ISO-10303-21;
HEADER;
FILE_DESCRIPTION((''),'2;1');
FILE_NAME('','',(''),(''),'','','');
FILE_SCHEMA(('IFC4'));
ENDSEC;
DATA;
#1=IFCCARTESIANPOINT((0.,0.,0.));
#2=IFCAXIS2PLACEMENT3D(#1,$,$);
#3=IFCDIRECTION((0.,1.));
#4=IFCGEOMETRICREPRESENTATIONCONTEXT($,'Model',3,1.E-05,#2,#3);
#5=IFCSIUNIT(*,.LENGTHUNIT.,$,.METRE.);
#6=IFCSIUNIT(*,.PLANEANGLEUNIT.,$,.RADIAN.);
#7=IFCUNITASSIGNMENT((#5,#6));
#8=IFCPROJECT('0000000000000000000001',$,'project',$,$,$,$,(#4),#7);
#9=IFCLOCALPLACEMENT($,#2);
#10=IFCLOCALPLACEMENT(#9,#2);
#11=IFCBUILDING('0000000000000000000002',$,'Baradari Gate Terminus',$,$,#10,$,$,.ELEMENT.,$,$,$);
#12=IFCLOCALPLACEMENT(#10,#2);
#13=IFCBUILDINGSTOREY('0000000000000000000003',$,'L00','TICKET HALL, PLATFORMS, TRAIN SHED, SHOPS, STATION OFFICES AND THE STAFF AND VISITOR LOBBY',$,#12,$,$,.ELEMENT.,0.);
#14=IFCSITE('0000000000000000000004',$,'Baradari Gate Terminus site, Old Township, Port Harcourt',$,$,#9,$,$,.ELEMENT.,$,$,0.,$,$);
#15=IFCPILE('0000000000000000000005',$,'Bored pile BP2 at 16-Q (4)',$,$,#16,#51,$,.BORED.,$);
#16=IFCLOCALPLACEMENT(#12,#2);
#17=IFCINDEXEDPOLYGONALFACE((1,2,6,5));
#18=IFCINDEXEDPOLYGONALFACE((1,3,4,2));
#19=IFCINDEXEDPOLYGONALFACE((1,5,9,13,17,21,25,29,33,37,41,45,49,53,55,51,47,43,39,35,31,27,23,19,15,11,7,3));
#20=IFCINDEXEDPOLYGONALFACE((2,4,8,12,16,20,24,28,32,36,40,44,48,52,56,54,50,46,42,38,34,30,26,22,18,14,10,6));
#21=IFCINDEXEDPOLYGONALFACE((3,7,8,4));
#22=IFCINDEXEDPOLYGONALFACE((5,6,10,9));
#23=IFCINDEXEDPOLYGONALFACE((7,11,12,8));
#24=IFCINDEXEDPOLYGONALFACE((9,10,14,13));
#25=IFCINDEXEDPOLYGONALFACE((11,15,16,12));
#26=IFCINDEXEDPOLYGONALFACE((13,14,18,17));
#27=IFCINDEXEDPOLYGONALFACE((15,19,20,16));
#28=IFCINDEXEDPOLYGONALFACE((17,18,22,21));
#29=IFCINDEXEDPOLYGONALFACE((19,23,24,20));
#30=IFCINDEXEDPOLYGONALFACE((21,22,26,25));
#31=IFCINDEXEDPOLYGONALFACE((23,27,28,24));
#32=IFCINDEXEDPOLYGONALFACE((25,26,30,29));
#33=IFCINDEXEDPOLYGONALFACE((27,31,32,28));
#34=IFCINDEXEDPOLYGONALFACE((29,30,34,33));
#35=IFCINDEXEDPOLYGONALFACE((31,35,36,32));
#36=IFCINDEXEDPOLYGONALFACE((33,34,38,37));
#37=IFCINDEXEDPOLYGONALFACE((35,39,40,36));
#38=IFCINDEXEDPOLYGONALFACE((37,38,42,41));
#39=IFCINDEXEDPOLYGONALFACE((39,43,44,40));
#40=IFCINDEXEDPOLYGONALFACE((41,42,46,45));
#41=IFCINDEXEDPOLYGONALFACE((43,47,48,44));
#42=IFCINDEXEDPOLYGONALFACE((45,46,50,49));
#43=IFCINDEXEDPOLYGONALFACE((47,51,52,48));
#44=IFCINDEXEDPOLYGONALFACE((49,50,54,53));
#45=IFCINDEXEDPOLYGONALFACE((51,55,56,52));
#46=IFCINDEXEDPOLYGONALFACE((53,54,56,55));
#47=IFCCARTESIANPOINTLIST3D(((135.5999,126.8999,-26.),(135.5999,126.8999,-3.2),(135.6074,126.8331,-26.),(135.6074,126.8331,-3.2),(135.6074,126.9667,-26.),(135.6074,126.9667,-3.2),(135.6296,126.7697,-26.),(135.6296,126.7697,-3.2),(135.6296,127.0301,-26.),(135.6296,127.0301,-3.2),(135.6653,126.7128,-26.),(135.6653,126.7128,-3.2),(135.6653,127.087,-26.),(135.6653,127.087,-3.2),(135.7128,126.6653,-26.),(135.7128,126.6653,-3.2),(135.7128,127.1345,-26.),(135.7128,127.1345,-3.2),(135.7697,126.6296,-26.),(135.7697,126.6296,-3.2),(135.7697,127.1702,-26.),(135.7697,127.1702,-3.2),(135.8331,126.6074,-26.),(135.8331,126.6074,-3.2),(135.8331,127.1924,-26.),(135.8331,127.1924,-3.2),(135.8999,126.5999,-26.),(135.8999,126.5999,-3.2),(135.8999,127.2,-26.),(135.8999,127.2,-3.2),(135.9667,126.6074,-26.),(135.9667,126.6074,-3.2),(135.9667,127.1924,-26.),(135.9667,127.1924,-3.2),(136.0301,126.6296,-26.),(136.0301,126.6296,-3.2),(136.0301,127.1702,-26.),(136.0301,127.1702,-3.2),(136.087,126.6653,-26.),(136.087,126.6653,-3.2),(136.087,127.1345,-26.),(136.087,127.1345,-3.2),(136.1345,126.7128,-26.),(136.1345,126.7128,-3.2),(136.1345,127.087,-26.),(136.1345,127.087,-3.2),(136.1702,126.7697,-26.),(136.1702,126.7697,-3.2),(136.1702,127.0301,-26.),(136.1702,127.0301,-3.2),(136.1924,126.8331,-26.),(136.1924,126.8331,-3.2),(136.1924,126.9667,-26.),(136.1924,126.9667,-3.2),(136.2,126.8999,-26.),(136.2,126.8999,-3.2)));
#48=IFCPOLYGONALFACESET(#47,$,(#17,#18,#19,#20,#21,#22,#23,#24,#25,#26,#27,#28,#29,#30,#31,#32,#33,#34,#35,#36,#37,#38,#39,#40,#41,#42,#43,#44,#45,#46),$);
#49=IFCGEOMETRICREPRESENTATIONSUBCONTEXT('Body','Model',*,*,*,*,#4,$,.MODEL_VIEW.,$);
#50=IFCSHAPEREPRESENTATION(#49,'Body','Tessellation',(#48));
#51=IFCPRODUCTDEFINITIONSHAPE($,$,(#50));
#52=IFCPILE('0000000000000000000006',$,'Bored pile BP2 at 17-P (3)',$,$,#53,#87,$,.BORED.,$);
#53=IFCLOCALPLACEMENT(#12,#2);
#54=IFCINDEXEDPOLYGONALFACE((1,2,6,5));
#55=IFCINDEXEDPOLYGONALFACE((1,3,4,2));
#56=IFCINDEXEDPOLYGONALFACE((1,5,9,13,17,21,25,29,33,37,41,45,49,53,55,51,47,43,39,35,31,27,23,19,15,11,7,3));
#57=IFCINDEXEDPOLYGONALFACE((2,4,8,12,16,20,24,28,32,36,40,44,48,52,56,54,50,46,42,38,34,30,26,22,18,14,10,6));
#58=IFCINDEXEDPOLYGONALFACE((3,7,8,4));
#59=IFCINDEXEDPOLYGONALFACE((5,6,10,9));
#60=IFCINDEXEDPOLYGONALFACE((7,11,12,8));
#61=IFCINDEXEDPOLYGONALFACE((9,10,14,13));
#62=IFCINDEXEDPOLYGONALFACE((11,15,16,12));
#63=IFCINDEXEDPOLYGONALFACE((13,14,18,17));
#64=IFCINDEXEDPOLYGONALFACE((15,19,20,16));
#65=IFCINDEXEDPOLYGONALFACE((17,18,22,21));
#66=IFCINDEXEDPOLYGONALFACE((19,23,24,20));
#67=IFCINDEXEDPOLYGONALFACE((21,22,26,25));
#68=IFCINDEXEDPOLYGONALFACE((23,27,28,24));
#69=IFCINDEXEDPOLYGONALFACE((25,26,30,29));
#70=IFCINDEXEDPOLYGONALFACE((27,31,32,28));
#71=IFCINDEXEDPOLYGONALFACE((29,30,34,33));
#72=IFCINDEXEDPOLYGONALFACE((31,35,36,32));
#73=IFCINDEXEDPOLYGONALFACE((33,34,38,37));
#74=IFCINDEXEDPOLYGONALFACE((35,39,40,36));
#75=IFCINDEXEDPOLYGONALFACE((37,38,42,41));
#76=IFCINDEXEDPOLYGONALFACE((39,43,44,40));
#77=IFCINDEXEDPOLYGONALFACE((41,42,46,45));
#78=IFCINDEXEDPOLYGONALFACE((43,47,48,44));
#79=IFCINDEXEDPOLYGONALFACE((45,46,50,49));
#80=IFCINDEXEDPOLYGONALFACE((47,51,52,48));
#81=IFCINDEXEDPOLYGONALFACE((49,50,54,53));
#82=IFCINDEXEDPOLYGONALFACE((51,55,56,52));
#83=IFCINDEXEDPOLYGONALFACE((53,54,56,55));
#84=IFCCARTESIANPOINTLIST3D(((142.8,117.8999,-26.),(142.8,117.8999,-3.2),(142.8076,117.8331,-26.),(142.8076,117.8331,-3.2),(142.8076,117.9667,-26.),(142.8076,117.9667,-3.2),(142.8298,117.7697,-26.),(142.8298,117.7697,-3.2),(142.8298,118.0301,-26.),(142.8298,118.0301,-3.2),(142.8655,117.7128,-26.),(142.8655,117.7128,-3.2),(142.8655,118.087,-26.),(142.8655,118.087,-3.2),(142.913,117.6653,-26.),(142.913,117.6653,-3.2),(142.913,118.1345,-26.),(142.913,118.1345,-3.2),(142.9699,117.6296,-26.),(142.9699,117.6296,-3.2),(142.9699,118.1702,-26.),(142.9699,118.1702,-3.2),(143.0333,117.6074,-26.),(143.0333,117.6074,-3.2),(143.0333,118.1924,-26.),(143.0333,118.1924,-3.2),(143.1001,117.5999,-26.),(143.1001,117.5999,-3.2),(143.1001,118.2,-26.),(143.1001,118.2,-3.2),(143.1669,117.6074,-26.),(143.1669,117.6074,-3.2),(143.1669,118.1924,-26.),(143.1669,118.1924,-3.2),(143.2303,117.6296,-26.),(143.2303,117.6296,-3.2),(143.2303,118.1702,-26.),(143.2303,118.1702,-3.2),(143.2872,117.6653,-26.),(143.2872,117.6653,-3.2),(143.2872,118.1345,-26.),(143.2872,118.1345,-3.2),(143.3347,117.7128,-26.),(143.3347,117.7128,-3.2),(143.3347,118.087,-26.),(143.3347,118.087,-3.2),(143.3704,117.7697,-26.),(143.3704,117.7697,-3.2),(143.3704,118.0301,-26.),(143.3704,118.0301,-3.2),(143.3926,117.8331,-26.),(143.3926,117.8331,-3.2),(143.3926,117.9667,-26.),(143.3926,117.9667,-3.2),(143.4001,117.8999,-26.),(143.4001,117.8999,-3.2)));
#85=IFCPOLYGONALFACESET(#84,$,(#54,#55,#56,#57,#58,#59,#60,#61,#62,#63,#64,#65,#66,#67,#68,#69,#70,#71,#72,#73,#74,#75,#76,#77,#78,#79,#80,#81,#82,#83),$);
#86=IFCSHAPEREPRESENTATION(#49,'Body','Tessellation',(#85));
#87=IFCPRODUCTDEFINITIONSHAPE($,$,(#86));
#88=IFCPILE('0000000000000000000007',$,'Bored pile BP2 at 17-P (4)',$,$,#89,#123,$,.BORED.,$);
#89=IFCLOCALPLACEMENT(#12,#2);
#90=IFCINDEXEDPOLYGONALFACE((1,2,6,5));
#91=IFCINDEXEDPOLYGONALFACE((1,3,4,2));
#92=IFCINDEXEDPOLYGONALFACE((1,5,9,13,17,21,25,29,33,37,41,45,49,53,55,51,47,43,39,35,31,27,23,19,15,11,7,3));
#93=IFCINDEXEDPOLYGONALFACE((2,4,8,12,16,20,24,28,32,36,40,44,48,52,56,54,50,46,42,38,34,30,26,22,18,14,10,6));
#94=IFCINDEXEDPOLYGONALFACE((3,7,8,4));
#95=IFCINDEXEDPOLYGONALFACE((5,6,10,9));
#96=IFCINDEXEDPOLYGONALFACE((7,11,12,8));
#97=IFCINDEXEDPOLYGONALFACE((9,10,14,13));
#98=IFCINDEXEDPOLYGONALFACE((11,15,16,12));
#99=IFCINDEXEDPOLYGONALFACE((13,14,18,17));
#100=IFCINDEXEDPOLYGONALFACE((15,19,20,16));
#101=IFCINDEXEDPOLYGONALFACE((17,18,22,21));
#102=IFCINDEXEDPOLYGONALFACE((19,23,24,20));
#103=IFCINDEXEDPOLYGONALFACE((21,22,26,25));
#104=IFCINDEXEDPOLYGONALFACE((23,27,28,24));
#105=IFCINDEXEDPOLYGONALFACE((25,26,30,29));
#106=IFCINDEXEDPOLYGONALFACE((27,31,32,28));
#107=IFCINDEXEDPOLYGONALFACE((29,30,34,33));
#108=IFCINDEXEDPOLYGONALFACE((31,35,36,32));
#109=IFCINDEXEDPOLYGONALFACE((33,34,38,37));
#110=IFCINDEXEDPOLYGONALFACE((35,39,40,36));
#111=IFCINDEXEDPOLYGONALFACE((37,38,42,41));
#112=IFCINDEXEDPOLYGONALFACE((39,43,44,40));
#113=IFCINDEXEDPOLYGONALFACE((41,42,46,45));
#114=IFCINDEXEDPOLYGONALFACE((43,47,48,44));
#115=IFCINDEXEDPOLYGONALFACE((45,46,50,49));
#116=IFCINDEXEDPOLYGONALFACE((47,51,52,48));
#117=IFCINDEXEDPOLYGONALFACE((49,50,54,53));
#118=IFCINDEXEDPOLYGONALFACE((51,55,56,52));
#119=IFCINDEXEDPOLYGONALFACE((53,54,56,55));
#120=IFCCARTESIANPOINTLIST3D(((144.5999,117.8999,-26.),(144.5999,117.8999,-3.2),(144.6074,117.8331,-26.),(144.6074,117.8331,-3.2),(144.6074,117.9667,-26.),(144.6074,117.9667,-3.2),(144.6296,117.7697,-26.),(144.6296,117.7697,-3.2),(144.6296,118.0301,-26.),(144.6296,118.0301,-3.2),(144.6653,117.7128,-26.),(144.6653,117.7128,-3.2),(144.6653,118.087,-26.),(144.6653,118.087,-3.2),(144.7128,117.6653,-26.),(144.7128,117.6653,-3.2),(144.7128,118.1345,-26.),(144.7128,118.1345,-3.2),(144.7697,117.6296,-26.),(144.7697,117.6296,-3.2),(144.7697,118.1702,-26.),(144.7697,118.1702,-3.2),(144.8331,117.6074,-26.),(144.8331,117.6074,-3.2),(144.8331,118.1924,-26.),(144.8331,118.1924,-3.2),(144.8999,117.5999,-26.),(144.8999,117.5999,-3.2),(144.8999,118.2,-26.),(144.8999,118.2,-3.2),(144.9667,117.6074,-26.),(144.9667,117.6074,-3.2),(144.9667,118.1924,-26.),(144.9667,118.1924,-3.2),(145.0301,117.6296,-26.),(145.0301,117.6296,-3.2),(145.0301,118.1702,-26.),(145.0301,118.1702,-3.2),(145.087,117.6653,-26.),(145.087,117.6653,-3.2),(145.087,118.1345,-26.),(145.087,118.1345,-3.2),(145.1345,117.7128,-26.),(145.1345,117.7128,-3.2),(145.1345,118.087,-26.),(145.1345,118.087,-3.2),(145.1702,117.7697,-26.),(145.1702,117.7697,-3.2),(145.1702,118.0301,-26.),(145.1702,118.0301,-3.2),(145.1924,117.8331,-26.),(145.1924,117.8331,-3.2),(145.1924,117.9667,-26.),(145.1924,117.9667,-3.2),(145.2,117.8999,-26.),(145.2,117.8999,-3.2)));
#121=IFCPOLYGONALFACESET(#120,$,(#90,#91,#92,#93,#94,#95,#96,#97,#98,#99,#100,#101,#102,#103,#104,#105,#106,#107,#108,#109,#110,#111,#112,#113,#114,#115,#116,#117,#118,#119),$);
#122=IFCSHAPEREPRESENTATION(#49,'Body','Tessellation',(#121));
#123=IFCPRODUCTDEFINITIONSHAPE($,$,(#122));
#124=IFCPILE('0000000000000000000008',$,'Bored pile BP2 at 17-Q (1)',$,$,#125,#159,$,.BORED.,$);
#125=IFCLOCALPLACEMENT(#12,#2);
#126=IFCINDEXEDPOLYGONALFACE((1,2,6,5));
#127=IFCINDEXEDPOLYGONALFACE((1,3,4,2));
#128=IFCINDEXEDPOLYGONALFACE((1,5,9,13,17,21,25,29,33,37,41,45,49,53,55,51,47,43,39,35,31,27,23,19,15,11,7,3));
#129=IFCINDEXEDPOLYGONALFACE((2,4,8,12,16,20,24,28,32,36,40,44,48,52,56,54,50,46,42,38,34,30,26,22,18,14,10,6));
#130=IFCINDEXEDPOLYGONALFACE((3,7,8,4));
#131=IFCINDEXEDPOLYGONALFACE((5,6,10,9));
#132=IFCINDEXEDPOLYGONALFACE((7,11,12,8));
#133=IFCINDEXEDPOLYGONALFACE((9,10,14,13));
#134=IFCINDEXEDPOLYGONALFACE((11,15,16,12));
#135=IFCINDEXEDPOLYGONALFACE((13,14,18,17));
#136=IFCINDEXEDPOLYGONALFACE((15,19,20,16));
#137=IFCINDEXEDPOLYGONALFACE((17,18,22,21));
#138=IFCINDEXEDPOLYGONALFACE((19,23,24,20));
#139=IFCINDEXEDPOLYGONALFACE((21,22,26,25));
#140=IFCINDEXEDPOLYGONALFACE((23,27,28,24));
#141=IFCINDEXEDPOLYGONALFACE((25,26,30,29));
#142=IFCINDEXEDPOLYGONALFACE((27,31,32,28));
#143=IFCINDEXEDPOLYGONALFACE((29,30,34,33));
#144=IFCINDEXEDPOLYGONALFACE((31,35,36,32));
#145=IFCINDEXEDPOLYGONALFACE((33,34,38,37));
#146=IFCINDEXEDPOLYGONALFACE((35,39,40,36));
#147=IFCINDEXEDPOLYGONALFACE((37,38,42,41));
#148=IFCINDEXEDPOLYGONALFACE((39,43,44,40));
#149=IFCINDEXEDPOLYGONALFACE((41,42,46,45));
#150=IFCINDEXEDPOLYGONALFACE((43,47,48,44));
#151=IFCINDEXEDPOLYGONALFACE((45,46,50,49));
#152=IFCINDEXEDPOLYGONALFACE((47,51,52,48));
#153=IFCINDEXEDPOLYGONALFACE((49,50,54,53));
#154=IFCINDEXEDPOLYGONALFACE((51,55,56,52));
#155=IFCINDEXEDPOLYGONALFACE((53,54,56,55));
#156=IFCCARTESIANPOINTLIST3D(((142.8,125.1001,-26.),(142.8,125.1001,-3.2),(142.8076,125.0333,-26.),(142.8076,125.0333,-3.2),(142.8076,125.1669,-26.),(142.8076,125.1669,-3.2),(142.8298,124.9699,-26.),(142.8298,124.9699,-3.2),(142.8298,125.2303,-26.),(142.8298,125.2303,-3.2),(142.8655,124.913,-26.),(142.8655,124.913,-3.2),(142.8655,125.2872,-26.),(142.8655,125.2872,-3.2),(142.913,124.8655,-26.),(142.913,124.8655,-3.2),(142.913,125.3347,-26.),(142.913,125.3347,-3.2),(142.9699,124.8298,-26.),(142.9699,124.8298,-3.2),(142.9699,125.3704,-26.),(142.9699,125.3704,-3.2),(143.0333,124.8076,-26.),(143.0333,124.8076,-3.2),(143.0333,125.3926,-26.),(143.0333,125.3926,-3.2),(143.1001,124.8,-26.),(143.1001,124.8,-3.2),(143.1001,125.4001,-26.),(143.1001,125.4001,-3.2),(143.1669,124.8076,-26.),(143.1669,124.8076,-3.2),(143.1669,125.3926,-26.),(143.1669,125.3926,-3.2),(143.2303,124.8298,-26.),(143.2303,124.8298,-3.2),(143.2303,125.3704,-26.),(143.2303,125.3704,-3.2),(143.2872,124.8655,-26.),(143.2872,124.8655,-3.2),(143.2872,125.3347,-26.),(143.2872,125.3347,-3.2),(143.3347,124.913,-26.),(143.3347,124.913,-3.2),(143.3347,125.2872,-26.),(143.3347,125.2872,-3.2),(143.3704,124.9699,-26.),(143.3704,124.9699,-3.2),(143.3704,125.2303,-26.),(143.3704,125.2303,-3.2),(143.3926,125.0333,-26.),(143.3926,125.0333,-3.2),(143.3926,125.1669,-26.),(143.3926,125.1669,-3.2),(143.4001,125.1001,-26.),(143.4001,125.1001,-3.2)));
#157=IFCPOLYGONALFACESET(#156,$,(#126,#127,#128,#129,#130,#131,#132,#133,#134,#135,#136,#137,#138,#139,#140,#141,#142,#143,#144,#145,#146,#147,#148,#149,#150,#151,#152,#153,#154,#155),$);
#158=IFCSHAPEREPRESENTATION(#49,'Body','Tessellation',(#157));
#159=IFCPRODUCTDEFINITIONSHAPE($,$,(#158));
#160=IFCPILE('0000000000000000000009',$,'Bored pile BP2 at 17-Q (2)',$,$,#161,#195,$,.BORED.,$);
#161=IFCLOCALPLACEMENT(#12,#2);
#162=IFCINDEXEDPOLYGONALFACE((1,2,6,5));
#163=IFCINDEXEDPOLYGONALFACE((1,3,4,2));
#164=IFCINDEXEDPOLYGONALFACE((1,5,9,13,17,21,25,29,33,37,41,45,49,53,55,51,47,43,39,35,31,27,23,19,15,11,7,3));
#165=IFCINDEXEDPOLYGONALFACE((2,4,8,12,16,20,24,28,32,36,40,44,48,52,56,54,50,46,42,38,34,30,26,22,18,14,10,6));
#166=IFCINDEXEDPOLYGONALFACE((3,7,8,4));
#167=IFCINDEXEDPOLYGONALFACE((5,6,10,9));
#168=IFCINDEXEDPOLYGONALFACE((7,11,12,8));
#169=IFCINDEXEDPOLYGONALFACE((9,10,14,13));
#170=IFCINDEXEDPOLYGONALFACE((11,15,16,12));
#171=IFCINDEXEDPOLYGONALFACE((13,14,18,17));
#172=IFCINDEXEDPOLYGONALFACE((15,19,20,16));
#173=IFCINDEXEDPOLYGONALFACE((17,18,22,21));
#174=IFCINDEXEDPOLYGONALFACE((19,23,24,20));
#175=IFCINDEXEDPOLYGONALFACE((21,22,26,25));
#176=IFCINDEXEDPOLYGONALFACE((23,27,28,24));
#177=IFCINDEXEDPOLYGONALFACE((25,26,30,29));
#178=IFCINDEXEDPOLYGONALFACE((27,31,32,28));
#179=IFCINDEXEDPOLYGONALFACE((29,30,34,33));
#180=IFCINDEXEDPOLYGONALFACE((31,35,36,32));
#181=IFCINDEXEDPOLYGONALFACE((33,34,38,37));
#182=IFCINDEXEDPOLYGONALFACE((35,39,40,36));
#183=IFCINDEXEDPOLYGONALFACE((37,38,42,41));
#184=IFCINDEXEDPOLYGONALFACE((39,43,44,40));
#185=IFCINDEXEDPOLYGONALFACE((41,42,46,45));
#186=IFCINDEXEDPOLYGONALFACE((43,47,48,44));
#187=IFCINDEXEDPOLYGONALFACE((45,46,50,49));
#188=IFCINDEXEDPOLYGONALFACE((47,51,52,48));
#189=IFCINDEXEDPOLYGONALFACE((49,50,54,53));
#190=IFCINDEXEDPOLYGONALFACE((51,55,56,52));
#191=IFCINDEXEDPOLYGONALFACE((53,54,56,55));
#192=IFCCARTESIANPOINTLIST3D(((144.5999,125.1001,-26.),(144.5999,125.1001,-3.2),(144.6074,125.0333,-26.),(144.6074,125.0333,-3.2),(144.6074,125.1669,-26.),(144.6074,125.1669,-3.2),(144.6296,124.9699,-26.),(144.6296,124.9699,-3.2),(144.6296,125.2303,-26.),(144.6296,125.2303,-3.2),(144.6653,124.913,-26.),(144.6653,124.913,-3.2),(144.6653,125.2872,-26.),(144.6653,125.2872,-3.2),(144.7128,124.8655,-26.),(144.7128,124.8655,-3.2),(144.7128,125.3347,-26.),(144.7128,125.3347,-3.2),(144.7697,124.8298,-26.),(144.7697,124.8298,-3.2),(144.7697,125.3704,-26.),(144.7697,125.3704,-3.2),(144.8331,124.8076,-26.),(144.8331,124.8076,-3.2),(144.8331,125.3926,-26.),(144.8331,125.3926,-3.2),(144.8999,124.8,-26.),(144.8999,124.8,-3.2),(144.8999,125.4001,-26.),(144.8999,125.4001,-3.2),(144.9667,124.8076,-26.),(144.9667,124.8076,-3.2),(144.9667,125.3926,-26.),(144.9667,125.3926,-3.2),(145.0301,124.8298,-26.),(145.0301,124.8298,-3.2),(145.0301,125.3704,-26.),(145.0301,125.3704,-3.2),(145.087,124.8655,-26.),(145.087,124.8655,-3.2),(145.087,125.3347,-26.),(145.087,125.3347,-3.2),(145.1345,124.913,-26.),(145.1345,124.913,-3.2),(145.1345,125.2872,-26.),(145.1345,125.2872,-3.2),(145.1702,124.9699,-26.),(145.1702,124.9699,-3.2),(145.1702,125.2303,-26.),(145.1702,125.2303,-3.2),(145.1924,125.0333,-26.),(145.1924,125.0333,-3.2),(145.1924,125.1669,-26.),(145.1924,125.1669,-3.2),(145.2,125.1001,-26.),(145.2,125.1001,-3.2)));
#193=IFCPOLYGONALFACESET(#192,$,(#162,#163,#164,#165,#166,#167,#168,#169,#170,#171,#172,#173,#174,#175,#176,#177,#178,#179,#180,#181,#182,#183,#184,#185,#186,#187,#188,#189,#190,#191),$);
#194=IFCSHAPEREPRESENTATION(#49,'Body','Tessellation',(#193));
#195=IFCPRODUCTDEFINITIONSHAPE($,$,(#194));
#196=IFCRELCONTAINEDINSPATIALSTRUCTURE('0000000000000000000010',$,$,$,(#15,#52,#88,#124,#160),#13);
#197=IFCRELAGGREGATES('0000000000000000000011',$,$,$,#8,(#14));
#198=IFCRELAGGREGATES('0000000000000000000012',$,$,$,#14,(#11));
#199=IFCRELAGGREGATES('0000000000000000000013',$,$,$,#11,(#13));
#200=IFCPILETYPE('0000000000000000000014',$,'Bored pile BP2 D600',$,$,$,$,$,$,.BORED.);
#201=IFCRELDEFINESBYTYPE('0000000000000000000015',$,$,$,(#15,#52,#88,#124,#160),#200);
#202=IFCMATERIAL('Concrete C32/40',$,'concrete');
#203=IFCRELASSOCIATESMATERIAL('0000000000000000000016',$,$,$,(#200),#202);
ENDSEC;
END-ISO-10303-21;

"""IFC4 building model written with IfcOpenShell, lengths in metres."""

from ifc_helpers import new_model, si_unit, direction, frame, origin, origin_2d, place, context, subcontext, project, spatial, circle, extrude, material, type_object, element, save


model = new_model("IFC4")

# Units and contexts
model_context = context("Model", 3, precision=1e-05, world=origin(), true_north=direction((0.0, 1.0)))
body_context = subcontext(model_context, "Body", "Model", "MODEL_VIEW")
ifc_project = project(units=[si_unit("LENGTHUNIT", "METRE"), si_unit("PLANEANGLEUNIT", "RADIAN")], contexts=[model_context])

# Site, building, storey
site_placement = place(None, origin())
site = spatial("IfcSite", under=ifc_project, at=site_placement, Name="Baradari Gate Terminus site, Old Township, Port Harcourt", CompositionType="ELEMENT", RefElevation=0.0)
building_placement = place(site_placement, origin())
building = spatial("IfcBuilding", under=site, at=building_placement, Name="Baradari Gate Terminus", CompositionType="ELEMENT")
storey_placement = place(building_placement, origin())
storey = spatial("IfcBuildingStorey", under=building, at=storey_placement, Name="L00", Description="TICKET HALL, PLATFORMS, TRAIN SHED, SHOPS, STATION OFFICES AND THE STAFF AND VISITOR LOBBY", CompositionType="ELEMENT", Elevation=0.0)

# Piles
ifc_material_1 = material(Name="Concrete C32/40", Category="concrete")
pile_type_1 = type_object("IfcPileType", Name="Bored pile BP2 D600", PredefinedType="BORED", material=ifc_material_1)
for number, where, z_axis, x_axis, name in (
    (1, (135.8999, 126.8999, -3.2), (0.0, 0.0, -1.0), (1.0, 0.0, 0.0), "Bored pile BP2 at 16-Q (4)"),
    (2, (143.1001, 117.8999, -3.2), (0.0, 0.0, -1.0), (1.0, 0.0, 0.0), "Bored pile BP2 at 17-P (3)"),
    (3, (144.8999, 117.8999, -3.2), (0.0, 0.0, -1.0), (1.0, 0.0, 0.0), "Bored pile BP2 at 17-P (4)"),
    (4, (143.1001, 125.1001, -3.2), (0.0, 0.0, -1.0), (1.0, 0.0, 0.0), "Bored pile BP2 at 17-Q (1)"),
    (5, (144.8999, 125.1001, -3.2), (0.0, 0.0, -1.0), (1.0, 0.0, 0.0), "Bored pile BP2 at 17-Q (2)"),
):
    element("IfcPile", number, at=place(storey_placement, frame(where, z_axis=z_axis, x_axis=x_axis)), inside=storey, type_object=pile_type_1, Name=name, PredefinedType="BORED", context=body_context, shape_type="SweptSolid", body=[
        extrude(circle(Radius=0.3, at=origin_2d()), origin(), (0.0, 0.0, 1.0), 22.8),
    ])

save(model, "model.ifc")
